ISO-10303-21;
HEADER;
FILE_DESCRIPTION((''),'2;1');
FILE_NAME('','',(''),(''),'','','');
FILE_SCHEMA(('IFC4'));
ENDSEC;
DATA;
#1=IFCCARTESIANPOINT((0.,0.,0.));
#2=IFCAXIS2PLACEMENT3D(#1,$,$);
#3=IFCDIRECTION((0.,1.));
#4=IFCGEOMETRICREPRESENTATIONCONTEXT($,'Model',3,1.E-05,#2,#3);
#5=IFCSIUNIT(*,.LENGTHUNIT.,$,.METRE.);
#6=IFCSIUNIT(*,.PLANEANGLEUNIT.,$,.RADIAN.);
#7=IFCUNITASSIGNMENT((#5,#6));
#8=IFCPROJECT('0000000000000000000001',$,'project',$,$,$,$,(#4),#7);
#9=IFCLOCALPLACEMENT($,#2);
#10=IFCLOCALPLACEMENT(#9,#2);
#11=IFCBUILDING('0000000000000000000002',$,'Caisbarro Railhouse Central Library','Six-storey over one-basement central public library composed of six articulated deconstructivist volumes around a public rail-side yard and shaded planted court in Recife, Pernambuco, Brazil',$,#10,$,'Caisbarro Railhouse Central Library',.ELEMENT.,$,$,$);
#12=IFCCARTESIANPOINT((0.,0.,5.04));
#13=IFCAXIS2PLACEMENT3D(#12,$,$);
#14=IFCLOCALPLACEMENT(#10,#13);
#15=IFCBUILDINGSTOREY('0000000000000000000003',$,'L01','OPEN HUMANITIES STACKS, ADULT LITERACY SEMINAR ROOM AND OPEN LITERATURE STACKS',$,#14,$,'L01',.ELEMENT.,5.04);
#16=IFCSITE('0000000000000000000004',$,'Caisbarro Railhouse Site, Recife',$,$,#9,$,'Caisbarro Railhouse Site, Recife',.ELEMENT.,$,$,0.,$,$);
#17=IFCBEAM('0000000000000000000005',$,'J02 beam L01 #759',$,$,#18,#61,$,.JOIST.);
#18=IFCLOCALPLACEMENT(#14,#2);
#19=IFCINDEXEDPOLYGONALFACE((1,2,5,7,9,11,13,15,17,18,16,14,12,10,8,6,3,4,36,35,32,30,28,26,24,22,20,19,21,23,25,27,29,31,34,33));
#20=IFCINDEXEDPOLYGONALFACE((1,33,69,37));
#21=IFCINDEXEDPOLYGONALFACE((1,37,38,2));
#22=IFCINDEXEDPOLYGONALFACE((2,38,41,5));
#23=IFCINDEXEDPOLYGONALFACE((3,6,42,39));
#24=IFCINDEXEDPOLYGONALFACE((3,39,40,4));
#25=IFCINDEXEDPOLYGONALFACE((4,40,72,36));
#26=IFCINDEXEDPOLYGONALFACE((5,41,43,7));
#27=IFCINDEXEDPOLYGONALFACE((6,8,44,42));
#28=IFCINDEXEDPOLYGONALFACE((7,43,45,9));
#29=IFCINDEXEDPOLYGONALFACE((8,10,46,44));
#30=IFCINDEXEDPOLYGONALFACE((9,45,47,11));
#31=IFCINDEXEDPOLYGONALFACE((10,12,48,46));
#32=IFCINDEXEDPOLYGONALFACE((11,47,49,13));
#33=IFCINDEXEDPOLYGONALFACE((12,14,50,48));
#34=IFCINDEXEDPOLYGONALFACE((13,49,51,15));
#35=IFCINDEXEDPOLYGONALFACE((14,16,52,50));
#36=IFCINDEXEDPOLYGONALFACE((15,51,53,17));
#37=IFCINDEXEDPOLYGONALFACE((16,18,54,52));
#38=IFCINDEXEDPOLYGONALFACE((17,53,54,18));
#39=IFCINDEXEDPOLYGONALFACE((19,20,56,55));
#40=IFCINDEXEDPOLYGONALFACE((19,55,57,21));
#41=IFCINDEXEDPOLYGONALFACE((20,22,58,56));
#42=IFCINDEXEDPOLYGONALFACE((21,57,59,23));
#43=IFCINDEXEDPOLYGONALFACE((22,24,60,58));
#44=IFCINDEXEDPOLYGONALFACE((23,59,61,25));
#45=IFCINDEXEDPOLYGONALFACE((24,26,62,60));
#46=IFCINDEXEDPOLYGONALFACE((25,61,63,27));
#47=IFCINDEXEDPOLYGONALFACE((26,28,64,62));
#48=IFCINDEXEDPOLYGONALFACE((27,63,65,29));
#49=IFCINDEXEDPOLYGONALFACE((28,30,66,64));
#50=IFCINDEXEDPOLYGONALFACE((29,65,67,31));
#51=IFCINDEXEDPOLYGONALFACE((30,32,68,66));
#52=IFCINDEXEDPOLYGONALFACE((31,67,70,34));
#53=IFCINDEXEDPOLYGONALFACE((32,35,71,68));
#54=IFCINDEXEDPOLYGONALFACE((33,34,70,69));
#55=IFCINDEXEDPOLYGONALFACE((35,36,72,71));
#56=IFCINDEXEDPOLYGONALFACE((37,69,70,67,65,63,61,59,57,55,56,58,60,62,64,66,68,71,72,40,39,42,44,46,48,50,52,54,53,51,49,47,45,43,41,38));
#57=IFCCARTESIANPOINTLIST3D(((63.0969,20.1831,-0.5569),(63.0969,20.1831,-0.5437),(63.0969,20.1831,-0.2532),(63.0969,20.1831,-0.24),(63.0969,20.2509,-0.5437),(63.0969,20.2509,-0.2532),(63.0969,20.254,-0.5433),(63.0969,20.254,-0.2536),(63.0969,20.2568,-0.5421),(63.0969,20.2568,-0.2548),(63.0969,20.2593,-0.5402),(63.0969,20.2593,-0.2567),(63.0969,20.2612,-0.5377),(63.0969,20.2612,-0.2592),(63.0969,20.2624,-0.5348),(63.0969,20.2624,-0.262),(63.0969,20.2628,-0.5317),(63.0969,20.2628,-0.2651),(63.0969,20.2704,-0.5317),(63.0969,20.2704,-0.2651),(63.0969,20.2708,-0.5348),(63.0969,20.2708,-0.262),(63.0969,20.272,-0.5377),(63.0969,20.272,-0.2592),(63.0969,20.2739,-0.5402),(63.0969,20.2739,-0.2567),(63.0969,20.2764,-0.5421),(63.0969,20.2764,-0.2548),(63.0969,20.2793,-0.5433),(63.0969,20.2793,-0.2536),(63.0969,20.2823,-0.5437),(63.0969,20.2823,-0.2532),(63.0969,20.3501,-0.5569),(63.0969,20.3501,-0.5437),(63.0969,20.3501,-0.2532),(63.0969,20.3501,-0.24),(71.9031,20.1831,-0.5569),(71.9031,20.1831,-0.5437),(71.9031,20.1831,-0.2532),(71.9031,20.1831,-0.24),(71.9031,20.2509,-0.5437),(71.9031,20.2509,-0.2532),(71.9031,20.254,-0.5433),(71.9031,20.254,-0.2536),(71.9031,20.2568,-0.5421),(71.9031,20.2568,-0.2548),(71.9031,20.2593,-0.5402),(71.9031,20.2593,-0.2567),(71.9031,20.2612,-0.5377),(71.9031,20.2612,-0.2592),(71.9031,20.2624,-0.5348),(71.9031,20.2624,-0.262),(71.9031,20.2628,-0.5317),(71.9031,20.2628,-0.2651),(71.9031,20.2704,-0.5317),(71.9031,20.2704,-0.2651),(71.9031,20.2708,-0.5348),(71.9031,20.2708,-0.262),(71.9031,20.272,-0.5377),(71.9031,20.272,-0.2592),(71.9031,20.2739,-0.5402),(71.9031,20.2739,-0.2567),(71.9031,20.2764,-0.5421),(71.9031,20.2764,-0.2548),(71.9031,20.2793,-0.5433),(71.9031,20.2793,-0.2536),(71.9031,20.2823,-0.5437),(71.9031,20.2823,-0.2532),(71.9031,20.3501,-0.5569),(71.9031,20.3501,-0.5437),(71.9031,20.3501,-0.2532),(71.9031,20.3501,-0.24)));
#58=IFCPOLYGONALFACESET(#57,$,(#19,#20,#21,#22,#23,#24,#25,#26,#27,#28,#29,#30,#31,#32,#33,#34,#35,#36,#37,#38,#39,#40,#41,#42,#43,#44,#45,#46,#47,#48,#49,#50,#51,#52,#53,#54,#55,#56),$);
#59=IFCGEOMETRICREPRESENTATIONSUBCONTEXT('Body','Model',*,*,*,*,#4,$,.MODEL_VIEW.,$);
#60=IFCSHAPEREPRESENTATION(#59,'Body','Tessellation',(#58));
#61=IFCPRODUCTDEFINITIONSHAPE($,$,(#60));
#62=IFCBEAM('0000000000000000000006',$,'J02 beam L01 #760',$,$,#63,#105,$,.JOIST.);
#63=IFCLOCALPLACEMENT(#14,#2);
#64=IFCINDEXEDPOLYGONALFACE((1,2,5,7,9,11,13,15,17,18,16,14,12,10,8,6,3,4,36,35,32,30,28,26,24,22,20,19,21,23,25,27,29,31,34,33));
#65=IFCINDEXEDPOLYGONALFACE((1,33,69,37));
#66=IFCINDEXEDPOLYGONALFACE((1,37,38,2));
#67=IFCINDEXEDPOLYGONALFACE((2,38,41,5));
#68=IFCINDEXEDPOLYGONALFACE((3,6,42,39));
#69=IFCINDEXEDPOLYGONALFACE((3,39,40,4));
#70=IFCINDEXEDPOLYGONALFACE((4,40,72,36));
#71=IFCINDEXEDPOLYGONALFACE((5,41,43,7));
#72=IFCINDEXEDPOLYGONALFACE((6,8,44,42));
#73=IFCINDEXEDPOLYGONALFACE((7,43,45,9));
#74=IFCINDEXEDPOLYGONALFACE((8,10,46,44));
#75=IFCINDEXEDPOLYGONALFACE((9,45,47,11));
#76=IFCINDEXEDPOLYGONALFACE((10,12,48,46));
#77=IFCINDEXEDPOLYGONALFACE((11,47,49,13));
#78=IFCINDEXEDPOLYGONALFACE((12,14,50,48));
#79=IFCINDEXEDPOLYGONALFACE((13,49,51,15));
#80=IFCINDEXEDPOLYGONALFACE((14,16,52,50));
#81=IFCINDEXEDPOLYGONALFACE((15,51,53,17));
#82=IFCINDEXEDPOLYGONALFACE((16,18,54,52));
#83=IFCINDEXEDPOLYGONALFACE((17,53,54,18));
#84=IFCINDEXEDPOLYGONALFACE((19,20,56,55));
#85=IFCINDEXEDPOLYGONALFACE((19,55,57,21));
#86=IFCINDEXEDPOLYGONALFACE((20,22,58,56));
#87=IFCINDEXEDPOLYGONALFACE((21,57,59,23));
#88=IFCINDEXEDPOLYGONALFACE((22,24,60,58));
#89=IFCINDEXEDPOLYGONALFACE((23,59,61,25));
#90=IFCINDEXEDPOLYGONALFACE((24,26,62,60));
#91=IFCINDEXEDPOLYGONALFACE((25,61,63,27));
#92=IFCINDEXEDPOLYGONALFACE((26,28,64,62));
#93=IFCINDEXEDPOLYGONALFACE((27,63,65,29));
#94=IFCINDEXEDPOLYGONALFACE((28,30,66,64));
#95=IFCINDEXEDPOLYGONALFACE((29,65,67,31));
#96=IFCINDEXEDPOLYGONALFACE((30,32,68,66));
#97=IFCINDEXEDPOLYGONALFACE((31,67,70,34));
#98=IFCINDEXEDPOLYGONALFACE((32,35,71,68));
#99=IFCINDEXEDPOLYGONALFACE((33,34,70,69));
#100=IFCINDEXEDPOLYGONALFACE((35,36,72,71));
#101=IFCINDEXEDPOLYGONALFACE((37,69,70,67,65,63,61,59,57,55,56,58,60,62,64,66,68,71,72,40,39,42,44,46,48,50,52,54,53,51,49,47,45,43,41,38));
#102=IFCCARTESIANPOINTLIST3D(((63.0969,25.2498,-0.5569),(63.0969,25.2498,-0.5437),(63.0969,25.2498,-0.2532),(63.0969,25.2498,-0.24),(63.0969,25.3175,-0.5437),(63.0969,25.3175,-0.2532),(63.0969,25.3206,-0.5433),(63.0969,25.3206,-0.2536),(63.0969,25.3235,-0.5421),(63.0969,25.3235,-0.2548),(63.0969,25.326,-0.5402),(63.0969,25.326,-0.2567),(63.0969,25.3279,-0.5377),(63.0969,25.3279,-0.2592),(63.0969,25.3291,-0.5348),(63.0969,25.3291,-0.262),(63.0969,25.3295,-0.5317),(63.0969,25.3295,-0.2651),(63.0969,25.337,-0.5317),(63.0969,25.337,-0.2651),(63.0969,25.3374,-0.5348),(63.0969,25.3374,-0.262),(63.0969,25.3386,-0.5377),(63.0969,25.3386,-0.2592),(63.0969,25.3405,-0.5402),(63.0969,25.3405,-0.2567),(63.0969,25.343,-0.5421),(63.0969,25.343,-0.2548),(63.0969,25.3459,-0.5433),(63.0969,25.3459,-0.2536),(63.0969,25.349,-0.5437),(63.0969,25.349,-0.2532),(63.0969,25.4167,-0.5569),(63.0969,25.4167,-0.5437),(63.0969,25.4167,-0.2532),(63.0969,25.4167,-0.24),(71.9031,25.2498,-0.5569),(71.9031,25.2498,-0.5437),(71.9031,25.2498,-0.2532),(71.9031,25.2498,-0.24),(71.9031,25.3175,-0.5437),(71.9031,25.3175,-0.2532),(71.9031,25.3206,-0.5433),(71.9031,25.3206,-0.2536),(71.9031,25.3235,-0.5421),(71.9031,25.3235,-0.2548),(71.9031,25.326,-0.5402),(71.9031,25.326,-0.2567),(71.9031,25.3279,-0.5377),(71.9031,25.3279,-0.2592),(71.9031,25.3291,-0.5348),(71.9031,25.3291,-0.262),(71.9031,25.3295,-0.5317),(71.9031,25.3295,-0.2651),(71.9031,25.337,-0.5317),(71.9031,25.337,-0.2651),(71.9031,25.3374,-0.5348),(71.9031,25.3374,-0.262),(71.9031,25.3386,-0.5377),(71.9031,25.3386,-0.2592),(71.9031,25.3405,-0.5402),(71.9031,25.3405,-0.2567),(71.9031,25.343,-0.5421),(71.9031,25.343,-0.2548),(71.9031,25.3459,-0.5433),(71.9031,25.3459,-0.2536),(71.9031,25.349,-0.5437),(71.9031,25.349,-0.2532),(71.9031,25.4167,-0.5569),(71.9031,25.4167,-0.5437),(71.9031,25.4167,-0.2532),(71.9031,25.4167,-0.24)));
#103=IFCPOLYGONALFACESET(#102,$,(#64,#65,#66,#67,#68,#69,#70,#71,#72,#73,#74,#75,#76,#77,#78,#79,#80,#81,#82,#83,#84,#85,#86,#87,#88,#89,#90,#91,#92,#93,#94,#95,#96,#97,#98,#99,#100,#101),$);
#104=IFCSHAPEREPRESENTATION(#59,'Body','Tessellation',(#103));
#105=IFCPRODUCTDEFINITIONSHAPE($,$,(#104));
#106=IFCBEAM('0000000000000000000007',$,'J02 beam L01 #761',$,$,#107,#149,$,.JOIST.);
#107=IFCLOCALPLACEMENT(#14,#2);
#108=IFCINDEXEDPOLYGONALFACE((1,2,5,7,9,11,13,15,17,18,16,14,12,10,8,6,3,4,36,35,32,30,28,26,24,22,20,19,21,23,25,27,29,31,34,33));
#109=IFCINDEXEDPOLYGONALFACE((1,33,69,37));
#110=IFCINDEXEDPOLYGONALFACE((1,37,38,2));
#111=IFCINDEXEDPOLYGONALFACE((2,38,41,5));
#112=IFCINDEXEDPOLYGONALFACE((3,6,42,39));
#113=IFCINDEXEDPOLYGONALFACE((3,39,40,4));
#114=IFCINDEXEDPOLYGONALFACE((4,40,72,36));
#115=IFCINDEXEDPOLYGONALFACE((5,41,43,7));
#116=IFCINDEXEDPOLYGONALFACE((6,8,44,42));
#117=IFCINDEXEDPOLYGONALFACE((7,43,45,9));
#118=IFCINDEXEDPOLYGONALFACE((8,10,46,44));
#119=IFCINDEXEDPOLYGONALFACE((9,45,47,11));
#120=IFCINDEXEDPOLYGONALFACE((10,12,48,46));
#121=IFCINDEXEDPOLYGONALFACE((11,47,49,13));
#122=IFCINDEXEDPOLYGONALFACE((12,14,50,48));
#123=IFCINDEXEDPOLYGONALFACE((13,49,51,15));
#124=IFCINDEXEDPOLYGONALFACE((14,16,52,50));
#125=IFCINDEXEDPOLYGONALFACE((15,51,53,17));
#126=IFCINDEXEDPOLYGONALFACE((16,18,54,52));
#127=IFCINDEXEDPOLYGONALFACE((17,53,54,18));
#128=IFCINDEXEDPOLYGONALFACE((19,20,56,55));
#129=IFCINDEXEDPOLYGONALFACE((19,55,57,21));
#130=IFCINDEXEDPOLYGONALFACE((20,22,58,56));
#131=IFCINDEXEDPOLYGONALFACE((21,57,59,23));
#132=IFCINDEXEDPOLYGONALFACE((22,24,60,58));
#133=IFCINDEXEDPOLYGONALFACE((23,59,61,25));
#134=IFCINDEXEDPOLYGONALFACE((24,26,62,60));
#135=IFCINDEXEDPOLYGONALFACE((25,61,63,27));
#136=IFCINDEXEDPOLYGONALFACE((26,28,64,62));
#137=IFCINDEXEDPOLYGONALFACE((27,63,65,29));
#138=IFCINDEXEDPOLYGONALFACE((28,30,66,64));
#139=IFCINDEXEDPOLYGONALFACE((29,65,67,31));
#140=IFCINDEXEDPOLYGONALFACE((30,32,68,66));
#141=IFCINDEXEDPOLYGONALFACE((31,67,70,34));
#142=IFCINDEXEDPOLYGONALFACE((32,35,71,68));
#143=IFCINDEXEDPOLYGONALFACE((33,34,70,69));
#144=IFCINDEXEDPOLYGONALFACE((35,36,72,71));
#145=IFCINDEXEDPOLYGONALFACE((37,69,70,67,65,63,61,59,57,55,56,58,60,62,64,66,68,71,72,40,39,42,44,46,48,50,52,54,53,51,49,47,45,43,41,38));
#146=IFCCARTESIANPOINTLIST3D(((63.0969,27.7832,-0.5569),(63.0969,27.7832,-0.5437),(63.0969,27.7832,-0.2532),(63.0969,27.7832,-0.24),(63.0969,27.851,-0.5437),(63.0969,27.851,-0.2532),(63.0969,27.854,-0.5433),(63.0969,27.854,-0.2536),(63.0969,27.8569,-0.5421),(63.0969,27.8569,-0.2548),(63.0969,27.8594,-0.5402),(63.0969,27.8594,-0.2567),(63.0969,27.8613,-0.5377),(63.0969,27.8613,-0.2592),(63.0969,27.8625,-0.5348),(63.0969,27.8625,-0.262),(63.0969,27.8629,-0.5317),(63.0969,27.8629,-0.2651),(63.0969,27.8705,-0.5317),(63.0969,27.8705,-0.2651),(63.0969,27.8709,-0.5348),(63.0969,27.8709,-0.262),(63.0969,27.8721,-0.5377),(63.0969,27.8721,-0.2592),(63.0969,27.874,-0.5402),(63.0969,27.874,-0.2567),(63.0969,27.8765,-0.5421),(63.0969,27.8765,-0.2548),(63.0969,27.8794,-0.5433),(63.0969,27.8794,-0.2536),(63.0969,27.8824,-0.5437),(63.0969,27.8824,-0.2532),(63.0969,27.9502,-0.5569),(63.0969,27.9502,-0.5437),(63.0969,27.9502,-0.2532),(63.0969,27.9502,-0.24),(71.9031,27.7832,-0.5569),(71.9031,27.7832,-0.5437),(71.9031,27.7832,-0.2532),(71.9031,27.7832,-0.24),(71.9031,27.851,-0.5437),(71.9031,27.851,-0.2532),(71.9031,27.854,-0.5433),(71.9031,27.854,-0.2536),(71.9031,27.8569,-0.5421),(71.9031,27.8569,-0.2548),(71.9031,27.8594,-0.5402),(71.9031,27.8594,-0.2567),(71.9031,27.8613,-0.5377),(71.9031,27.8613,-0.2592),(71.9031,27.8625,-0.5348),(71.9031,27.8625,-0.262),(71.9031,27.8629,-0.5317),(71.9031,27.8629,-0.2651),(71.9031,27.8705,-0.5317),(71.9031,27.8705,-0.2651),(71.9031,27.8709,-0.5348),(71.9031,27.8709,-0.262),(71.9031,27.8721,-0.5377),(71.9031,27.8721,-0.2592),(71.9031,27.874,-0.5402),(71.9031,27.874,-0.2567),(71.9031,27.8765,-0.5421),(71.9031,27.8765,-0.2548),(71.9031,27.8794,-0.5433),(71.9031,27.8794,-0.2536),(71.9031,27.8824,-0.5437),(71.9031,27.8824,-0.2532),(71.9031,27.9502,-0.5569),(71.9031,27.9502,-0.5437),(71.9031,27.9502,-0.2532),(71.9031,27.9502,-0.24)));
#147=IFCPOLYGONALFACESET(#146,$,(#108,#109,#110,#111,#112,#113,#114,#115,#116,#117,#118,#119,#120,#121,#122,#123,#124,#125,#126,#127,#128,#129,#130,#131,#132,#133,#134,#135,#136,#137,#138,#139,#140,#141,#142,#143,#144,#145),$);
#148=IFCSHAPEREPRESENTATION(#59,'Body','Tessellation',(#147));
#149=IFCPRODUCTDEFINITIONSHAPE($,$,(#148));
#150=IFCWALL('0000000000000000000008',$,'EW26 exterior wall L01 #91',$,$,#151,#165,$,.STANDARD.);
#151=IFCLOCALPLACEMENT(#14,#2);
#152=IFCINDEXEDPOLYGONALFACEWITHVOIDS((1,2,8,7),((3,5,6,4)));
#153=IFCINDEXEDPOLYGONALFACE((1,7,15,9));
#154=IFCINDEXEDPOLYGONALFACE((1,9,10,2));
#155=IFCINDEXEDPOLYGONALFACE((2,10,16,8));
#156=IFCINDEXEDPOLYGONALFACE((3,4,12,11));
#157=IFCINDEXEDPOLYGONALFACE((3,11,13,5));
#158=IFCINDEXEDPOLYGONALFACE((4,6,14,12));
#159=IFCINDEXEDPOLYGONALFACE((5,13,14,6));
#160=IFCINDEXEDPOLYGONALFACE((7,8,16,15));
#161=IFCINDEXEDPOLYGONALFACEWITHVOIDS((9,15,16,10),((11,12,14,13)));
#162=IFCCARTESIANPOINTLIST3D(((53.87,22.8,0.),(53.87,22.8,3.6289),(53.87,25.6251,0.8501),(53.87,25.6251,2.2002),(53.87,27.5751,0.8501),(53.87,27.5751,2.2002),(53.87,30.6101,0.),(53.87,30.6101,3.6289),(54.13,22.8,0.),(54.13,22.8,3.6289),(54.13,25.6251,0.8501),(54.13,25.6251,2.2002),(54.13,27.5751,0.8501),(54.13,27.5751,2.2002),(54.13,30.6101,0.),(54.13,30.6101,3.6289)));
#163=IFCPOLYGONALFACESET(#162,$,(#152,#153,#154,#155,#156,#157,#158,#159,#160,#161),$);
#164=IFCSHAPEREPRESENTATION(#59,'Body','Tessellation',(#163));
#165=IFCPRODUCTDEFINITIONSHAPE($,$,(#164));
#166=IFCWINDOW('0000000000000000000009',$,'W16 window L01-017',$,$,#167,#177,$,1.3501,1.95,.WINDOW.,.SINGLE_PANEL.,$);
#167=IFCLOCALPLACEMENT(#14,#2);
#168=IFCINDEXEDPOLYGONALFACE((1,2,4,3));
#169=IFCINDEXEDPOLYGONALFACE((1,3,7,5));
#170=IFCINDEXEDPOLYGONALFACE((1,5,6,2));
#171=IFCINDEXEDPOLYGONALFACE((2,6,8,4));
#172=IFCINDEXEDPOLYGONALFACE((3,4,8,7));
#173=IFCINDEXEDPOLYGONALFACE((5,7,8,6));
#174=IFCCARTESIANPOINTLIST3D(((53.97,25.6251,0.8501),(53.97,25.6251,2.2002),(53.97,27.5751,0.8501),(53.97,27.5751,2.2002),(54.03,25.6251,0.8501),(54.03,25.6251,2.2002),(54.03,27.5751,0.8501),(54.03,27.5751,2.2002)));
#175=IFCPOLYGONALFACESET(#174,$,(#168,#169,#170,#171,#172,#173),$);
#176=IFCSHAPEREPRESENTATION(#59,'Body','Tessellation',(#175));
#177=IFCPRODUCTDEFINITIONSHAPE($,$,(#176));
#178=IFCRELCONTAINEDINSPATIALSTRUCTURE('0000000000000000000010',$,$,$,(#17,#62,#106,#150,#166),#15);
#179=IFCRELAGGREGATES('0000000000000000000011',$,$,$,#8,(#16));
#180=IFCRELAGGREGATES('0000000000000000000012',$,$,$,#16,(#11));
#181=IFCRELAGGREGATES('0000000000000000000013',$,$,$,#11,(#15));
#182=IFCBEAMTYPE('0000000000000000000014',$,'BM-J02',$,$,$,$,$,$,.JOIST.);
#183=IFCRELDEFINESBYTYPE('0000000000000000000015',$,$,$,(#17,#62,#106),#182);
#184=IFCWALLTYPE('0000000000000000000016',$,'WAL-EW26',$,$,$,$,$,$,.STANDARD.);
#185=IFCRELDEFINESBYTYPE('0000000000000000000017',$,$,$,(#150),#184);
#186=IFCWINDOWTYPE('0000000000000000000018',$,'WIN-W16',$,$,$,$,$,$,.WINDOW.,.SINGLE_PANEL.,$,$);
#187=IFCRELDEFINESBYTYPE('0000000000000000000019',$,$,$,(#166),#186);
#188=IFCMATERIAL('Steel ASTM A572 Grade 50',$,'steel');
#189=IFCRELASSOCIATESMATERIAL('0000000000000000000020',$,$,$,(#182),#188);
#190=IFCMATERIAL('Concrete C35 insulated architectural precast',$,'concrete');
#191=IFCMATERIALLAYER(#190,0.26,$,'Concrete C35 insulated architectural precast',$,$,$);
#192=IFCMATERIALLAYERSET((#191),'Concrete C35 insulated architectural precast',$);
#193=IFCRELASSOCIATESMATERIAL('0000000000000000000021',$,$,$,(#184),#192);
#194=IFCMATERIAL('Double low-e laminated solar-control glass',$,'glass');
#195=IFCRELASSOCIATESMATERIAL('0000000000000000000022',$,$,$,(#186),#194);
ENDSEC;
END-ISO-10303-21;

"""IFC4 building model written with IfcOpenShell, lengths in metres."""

from ifc_helpers import new_model, si_unit, direction, frame, frame_2d, origin, origin_2d, place, context, subcontext, project, spatial, rectangle, i_section, extrude, material, layer, layer_set, material_profile, profile_set, type_object, element, fill, save


model = new_model("IFC4")

# Units and contexts
model_context = context("Model", 3, precision=1e-05, world=origin(), true_north=direction((0.0, 1.0)))
body_context = subcontext(model_context, "Body", "Model", "MODEL_VIEW")
ifc_project = project(units=[si_unit("LENGTHUNIT", "METRE"), si_unit("PLANEANGLEUNIT", "RADIAN")], contexts=[model_context])

# Site, building, storey
site_placement = place(None, origin())
site = spatial("IfcSite", under=ifc_project, at=site_placement, Name="Caisbarro Railhouse Site, Recife", LongName="Caisbarro Railhouse Site, Recife", CompositionType="ELEMENT", RefElevation=0.0)
building_placement = place(site_placement, origin())
building = spatial("IfcBuilding", under=site, at=building_placement, Name="Caisbarro Railhouse Central Library", Description="Six-storey over one-basement central public library composed of six articulated deconstructivist volumes around a public rail-side yard and shaded planted court in Recife, Pernambuco, Brazil", LongName="Caisbarro Railhouse Central Library", CompositionType="ELEMENT")
storey_placement = place(building_placement, frame((0.0, 0.0, 5.04)))
storey = spatial("IfcBuildingStorey", under=building, at=storey_placement, Name="L01", Description="OPEN HUMANITIES STACKS, ADULT LITERACY SEMINAR ROOM AND OPEN LITERATURE STACKS", LongName="L01", CompositionType="ELEMENT", Elevation=5.04)

# Shared definitions
ifc_material_1 = material(Name="Steel ASTM A572 Grade 50", Category="steel")

# Beams
ifc_material_profile_1 = material_profile(ifc_material_1, i_section(OverallWidth=0.167, OverallDepth=0.3169, WebThickness=0.0076, FlangeThickness=0.0132, FilletRadius=0.012, at=origin_2d()), Name="W310X52.0")
ifc_profile_set_1 = profile_set([ifc_material_profile_1], Name="Steel ASTM A572 Grade 50")
beam_type_1 = type_object("IfcBeamType", Name="BM-J02", PredefinedType="JOIST", material=ifc_profile_set_1)
for number, where, z_axis, x_axis, name in (
    (1, (63.0969, 20.2666, -0.3984), (1.0, 0.0, 0.0), (0.0, 1.0, 0.0), "J02 beam L01 #759"),
    (2, (63.0969, 25.3333, -0.3984), (1.0, 0.0, 0.0), (0.0, 1.0, 0.0), "J02 beam L01 #760"),
    (3, (63.0969, 27.8667, -0.3984), (1.0, 0.0, 0.0), (0.0, 1.0, 0.0), "J02 beam L01 #761"),
):
    element("IfcBeam", number, at=place(storey_placement, frame(where, z_axis=z_axis, x_axis=x_axis)), inside=storey, type_object=beam_type_1, Name=name, PredefinedType="JOIST", context=body_context, shape_type="SweptSolid", body=[
        extrude(i_section(OverallWidth=0.167, OverallDepth=0.3169, WebThickness=0.0076, FlangeThickness=0.0132, FilletRadius=0.012, at=origin_2d()), origin(), (0.0, 0.0, 1.0), 8.8062),
    ])

# Wall, opening, window
ifc_material_2 = material(Name="Concrete C35 insulated architectural precast", Category="concrete")
ifc_layer_1 = layer(ifc_material_2, 0.26, Name="Concrete C35 insulated architectural precast")
ifc_layer_set_1 = layer_set([ifc_layer_1], Name="Concrete C35 insulated architectural precast")
wall_type_1 = type_object("IfcWallType", Name="WAL-EW26", PredefinedType="STANDARD", material=ifc_layer_set_1)
wall_1_placement = place(storey_placement, frame((54.0, 22.8, 0.0), z_axis=(0.0, 0.0, 1.0), x_axis=(0.0, 1.0, 0.0)))
wall_1 = element("IfcWall", 4, at=wall_1_placement, inside=storey, type_object=wall_type_1, Name="EW26 exterior wall L01 #91", PredefinedType="STANDARD", context=body_context, shape_type="SweptSolid", body=[
    extrude(rectangle(XDim=7.8101, YDim=0.26, at=frame_2d((3.905, 0.0))), origin(), (0.0, 0.0, 1.0), 3.6289),
])
opening_1_placement = place(wall_1_placement, frame((2.825, 0.0, 0.8501)))
opening_1 = element("IfcOpeningElement", 5, at=opening_1_placement, cuts=wall_1, PredefinedType="OPENING", context=body_context, shape_type="SweptSolid", body=[
    extrude(rectangle(XDim=1.95, YDim=1.3501, at=frame_2d((0.9751, 0.675))), frame((0.0, 0.1401, 0.0), z_axis=(0.0, -1.0, 0.0), x_axis=(1.0, 0.0, 0.0)), (0.0, 0.0, 1.0), 0.28),
])
ifc_material_3 = material(Name="Double low-e laminated solar-control glass", Category="glass")
window_type = type_object("IfcWindowType", Name="WIN-W16", PartitioningType="SINGLE_PANEL", PredefinedType="WINDOW", material=ifc_material_3)
window_placement = place(opening_1_placement, origin())
window = element("IfcWindow", 6, at=window_placement, inside=storey, type_object=window_type, Name="W16 window L01-017", OverallHeight=1.3501, OverallWidth=1.95, PartitioningType="SINGLE_PANEL", PredefinedType="WINDOW", context=body_context, shape_type="SweptSolid", body=[
    extrude(rectangle(XDim=1.95, YDim=1.3501, at=frame_2d((0.9751, 0.675))), frame((0.0, 0.03, 0.0), z_axis=(0.0, -1.0, 0.0), x_axis=(1.0, 0.0, 0.0)), (0.0, 0.0, 1.0), 0.0601),
])
fill(opening_1, window)

save(model, "model.ifc")
